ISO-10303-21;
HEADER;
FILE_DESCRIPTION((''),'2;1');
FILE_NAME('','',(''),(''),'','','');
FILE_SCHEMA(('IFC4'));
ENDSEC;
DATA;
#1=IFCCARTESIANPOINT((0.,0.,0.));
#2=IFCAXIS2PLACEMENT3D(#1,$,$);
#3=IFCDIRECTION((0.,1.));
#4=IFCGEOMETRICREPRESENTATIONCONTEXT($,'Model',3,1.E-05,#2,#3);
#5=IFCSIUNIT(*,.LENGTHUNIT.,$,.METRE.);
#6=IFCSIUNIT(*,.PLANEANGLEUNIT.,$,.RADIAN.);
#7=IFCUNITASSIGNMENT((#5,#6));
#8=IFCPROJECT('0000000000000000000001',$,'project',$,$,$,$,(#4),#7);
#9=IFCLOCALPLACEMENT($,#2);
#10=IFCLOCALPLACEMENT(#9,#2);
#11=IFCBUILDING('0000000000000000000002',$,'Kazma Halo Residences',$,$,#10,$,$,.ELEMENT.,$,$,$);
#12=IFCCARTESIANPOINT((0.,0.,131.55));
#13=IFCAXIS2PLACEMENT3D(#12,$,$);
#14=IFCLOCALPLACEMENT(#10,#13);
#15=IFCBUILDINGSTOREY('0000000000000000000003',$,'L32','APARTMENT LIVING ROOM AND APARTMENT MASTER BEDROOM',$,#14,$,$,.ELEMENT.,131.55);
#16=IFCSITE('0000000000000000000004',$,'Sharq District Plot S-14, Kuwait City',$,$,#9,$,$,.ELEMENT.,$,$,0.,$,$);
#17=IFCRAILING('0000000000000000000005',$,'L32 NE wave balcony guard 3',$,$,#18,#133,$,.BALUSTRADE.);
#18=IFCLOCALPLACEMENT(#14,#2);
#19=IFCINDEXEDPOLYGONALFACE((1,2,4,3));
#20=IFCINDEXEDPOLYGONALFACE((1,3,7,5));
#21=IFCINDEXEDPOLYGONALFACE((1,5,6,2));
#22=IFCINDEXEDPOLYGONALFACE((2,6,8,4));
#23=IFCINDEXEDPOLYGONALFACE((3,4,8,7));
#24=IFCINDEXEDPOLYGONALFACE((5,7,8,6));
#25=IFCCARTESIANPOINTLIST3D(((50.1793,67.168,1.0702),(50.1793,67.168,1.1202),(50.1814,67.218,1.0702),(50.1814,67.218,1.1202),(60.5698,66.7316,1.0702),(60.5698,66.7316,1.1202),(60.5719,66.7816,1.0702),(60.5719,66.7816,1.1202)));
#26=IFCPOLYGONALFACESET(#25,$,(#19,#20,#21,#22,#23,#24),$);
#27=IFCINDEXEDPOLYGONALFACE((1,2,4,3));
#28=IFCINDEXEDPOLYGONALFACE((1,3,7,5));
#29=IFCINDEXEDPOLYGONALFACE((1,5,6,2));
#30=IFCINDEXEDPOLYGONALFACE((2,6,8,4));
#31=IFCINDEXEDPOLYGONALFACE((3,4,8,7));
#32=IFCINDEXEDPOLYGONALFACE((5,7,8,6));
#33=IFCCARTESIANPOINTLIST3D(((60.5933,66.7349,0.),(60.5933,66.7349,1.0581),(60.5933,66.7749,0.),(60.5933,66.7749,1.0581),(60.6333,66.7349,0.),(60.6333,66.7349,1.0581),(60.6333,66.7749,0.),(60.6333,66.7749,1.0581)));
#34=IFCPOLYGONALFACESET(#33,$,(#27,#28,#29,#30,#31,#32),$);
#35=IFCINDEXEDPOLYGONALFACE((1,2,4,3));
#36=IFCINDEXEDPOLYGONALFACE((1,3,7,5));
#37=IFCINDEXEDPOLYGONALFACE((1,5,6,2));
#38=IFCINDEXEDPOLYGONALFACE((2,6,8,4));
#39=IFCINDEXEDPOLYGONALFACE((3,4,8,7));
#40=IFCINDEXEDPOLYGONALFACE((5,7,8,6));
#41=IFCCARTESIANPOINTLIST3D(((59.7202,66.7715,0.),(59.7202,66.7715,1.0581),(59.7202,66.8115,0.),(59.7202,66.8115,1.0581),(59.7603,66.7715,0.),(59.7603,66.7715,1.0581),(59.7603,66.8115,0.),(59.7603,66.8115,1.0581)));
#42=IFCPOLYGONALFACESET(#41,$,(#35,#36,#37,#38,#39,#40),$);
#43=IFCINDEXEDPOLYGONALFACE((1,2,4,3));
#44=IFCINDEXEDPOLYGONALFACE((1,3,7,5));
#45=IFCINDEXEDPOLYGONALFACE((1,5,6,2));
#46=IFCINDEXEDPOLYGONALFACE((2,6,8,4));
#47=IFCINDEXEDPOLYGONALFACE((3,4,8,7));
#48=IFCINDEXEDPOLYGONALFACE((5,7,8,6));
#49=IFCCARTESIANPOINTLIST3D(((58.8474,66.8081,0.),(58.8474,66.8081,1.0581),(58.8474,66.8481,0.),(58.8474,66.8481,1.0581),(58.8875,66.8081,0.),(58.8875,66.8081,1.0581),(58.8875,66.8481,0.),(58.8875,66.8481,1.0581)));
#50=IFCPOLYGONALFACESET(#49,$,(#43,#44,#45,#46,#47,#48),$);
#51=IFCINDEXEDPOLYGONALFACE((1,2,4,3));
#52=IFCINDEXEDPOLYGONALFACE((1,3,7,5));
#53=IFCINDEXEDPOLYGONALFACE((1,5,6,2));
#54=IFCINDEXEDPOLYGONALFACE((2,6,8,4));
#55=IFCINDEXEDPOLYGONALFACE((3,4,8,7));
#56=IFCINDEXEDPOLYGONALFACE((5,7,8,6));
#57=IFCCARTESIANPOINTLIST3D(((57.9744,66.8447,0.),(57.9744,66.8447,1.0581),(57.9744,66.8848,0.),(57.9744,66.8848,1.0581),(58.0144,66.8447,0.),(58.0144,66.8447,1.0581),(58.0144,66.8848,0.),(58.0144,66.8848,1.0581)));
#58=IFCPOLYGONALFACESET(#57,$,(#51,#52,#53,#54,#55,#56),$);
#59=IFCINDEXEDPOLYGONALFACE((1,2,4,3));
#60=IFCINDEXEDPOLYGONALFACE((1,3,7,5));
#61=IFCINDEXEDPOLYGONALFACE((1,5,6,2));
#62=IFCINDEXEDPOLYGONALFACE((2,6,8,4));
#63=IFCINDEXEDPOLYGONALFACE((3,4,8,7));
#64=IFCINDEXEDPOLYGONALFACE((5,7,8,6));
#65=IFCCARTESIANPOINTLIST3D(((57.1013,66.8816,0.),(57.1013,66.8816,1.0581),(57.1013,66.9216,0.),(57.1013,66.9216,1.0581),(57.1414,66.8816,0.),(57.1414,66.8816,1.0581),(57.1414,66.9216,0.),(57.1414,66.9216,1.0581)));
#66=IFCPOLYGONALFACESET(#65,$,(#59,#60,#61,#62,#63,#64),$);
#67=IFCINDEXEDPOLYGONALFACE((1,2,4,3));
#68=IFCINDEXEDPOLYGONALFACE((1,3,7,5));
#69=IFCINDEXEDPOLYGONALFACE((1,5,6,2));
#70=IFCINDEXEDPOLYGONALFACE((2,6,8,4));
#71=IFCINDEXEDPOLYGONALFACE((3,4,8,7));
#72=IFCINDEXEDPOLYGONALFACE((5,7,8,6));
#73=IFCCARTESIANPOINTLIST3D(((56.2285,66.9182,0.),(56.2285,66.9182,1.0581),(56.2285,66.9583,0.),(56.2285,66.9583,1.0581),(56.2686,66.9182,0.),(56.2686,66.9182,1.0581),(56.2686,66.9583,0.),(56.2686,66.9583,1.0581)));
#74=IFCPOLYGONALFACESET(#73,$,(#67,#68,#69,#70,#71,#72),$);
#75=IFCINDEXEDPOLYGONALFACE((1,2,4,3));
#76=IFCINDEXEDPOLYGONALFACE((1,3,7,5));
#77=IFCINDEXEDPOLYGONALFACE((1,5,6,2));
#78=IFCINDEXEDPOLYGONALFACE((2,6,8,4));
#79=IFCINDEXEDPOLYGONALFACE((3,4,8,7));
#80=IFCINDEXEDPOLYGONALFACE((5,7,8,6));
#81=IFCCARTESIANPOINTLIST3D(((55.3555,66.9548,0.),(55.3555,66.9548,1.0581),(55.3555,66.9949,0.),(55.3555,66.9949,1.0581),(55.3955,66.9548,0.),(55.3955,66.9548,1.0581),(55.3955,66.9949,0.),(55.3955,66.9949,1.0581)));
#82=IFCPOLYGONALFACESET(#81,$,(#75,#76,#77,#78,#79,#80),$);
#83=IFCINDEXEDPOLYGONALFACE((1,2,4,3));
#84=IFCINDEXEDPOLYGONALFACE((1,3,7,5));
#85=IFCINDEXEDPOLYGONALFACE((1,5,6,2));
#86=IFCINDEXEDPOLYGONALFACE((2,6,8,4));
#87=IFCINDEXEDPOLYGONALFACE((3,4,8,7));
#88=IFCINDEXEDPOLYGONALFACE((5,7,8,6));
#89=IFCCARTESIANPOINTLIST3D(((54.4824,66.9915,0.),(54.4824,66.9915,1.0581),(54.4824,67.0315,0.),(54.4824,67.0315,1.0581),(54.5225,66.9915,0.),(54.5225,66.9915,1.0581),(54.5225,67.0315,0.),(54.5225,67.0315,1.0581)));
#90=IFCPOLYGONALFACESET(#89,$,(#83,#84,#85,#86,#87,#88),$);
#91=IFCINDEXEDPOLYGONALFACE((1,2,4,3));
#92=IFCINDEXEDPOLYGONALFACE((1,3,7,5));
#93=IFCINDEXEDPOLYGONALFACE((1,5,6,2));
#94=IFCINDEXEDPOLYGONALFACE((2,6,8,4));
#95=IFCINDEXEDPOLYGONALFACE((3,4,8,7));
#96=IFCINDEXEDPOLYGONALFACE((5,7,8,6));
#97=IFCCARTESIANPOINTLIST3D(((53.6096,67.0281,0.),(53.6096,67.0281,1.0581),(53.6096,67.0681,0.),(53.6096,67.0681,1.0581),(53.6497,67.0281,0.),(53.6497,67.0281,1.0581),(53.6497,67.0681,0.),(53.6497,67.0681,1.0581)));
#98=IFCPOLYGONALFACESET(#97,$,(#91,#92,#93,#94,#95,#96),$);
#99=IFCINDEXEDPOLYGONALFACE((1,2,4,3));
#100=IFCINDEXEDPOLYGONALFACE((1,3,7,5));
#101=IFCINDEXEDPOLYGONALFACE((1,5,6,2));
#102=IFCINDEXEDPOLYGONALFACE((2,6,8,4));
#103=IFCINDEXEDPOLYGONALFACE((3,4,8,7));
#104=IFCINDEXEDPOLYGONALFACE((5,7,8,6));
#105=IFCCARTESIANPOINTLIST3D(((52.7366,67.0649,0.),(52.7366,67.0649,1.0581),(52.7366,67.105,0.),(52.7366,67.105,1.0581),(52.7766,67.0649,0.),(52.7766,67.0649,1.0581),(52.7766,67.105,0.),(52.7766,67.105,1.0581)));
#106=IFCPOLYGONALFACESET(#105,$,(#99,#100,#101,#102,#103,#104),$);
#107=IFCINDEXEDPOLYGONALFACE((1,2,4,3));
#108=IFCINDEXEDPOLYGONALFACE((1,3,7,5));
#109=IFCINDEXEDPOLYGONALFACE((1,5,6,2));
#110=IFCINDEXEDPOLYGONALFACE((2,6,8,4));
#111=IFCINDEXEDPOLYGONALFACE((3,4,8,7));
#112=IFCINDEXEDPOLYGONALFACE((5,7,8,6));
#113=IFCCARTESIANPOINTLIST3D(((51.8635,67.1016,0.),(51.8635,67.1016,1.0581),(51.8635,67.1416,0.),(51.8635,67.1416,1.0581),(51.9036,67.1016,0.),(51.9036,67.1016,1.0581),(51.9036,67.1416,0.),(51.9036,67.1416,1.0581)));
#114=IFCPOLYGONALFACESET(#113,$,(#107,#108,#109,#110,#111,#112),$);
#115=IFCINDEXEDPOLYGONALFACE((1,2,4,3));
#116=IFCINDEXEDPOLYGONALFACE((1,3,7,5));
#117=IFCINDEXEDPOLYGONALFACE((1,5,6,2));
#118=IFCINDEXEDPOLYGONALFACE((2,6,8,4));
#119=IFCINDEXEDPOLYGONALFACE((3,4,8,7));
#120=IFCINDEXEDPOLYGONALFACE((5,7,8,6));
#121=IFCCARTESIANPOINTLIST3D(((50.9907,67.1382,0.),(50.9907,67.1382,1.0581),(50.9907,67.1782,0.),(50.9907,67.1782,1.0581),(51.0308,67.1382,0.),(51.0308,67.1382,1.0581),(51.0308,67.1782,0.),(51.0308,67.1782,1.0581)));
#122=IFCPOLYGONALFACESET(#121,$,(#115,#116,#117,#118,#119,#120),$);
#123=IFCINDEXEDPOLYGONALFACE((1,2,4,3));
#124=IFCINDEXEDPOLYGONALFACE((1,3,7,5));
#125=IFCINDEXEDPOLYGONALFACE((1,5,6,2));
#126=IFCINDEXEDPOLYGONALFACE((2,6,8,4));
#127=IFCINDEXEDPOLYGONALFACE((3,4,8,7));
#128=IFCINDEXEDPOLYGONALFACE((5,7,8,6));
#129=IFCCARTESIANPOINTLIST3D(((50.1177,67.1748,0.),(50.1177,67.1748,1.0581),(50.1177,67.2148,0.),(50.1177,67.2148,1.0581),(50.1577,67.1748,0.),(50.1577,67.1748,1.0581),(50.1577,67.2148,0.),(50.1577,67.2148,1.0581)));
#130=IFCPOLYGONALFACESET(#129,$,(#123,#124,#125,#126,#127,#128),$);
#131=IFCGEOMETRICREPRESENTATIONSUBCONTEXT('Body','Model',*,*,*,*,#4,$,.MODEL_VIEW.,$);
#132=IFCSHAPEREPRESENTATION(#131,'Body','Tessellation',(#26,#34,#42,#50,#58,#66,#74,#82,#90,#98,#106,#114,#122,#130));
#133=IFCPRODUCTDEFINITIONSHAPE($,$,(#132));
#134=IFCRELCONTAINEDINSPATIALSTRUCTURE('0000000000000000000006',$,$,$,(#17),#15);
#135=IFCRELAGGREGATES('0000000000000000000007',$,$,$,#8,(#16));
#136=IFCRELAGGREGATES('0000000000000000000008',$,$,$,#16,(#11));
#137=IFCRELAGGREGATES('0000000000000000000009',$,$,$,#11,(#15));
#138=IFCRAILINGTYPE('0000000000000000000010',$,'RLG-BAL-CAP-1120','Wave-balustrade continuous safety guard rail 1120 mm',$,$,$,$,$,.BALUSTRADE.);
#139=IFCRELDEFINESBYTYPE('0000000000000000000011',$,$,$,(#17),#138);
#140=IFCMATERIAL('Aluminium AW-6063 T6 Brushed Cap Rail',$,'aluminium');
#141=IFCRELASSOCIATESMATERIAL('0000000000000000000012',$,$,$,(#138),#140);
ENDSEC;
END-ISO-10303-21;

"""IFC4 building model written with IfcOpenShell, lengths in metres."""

from ifc_helpers import new_model, si_unit, direction, frame, origin, origin_2d, place, context, subcontext, project, spatial, rectangle, extrude, material, type_object, element, save


model = new_model("IFC4")

# Units and contexts
model_context = context("Model", 3, precision=1e-05, world=origin(), true_north=direction((0.0, 1.0)))
body_context = subcontext(model_context, "Body", "Model", "MODEL_VIEW")
ifc_project = project(units=[si_unit("LENGTHUNIT", "METRE"), si_unit("PLANEANGLEUNIT", "RADIAN")], contexts=[model_context])

# Site, building, storey
site_placement = place(None, origin())
site = spatial("IfcSite", under=ifc_project, at=site_placement, Name="Sharq District Plot S-14, Kuwait City", CompositionType="ELEMENT", RefElevation=0.0)
building_placement = place(site_placement, origin())
building = spatial("IfcBuilding", under=site, at=building_placement, Name="Kazma Halo Residences", CompositionType="ELEMENT")
storey_placement = place(building_placement, frame((0.0, 0.0, 131.55)))
storey = spatial("IfcBuildingStorey", under=building, at=storey_placement, Name="L32", Description="APARTMENT LIVING ROOM AND APARTMENT MASTER BEDROOM", CompositionType="ELEMENT", Elevation=131.55)

# Railing
ifc_material_1 = material(Name="Aluminium AW-6063 T6 Brushed Cap Rail", Category="aluminium")
railing_type = type_object("IfcRailingType", Name="RLG-BAL-CAP-1120", Description="Wave-balustrade continuous safety guard rail 1120 mm", PredefinedType="BALUSTRADE", material=ifc_material_1)
railing_1_placement = place(storey_placement, frame((60.6133, 66.7549, 0.0)))
element("IfcRailing", 1, at=railing_1_placement, inside=storey, type_object=railing_type, Name="L32 NE wave balcony guard 3", PredefinedType="BALUSTRADE", context=body_context, shape_type="SweptSolid", body=[
    extrude(rectangle(XDim=0.05, YDim=0.05, at=origin_2d()), frame((-0.0425, 0.0017, 1.0952), z_axis=(-0.999119, 0.04196, 0.0), x_axis=(-0.04196, -0.999119, 0.0)), (0.0, 0.0, 1.0), 10.3997),
    extrude(rectangle(XDim=0.04, YDim=0.04, at=origin_2d()), origin(), (0.0, 0.0, 1.0), 1.0581),
    extrude(rectangle(XDim=0.04, YDim=0.04, at=origin_2d()), frame((-0.873, 0.0366, 0.0)), (0.0, 0.0, 1.0), 1.0581),
    extrude(rectangle(XDim=0.04, YDim=0.04, at=origin_2d()), frame((-1.7458, 0.0732, 0.0)), (0.0, 0.0, 1.0), 1.0581),
    extrude(rectangle(XDim=0.04, YDim=0.04, at=origin_2d()), frame((-2.6189, 0.1099, 0.0)), (0.0, 0.0, 1.0), 1.0581),
    extrude(rectangle(XDim=0.04, YDim=0.04, at=origin_2d()), frame((-3.4919, 0.1467, 0.0)), (0.0, 0.0, 1.0), 1.0581),
    extrude(rectangle(XDim=0.04, YDim=0.04, at=origin_2d()), frame((-4.3647, 0.1833, 0.0)), (0.0, 0.0, 1.0), 1.0581),
    extrude(rectangle(XDim=0.04, YDim=0.04, at=origin_2d()), frame((-5.2378, 0.22, 0.0)), (0.0, 0.0, 1.0), 1.0581),
    extrude(rectangle(XDim=0.04, YDim=0.04, at=origin_2d()), frame((-6.1108, 0.2566, 0.0)), (0.0, 0.0, 1.0), 1.0581),
    extrude(rectangle(XDim=0.04, YDim=0.04, at=origin_2d()), frame((-6.9836, 0.2932, 0.0)), (0.0, 0.0, 1.0), 1.0581),
    extrude(rectangle(XDim=0.04, YDim=0.04, at=origin_2d()), frame((-7.8567, 0.3301, 0.0)), (0.0, 0.0, 1.0), 1.0581),
    extrude(rectangle(XDim=0.04, YDim=0.04, at=origin_2d()), frame((-8.7297, 0.3667, 0.0)), (0.0, 0.0, 1.0), 1.0581),
    extrude(rectangle(XDim=0.04, YDim=0.04, at=origin_2d()), frame((-9.6025, 0.4033, 0.0)), (0.0, 0.0, 1.0), 1.0581),
    extrude(rectangle(XDim=0.04, YDim=0.04, at=origin_2d()), frame((-10.4756, 0.4399, 0.0)), (0.0, 0.0, 1.0), 1.0581),
])

save(model, "model.ifc")
